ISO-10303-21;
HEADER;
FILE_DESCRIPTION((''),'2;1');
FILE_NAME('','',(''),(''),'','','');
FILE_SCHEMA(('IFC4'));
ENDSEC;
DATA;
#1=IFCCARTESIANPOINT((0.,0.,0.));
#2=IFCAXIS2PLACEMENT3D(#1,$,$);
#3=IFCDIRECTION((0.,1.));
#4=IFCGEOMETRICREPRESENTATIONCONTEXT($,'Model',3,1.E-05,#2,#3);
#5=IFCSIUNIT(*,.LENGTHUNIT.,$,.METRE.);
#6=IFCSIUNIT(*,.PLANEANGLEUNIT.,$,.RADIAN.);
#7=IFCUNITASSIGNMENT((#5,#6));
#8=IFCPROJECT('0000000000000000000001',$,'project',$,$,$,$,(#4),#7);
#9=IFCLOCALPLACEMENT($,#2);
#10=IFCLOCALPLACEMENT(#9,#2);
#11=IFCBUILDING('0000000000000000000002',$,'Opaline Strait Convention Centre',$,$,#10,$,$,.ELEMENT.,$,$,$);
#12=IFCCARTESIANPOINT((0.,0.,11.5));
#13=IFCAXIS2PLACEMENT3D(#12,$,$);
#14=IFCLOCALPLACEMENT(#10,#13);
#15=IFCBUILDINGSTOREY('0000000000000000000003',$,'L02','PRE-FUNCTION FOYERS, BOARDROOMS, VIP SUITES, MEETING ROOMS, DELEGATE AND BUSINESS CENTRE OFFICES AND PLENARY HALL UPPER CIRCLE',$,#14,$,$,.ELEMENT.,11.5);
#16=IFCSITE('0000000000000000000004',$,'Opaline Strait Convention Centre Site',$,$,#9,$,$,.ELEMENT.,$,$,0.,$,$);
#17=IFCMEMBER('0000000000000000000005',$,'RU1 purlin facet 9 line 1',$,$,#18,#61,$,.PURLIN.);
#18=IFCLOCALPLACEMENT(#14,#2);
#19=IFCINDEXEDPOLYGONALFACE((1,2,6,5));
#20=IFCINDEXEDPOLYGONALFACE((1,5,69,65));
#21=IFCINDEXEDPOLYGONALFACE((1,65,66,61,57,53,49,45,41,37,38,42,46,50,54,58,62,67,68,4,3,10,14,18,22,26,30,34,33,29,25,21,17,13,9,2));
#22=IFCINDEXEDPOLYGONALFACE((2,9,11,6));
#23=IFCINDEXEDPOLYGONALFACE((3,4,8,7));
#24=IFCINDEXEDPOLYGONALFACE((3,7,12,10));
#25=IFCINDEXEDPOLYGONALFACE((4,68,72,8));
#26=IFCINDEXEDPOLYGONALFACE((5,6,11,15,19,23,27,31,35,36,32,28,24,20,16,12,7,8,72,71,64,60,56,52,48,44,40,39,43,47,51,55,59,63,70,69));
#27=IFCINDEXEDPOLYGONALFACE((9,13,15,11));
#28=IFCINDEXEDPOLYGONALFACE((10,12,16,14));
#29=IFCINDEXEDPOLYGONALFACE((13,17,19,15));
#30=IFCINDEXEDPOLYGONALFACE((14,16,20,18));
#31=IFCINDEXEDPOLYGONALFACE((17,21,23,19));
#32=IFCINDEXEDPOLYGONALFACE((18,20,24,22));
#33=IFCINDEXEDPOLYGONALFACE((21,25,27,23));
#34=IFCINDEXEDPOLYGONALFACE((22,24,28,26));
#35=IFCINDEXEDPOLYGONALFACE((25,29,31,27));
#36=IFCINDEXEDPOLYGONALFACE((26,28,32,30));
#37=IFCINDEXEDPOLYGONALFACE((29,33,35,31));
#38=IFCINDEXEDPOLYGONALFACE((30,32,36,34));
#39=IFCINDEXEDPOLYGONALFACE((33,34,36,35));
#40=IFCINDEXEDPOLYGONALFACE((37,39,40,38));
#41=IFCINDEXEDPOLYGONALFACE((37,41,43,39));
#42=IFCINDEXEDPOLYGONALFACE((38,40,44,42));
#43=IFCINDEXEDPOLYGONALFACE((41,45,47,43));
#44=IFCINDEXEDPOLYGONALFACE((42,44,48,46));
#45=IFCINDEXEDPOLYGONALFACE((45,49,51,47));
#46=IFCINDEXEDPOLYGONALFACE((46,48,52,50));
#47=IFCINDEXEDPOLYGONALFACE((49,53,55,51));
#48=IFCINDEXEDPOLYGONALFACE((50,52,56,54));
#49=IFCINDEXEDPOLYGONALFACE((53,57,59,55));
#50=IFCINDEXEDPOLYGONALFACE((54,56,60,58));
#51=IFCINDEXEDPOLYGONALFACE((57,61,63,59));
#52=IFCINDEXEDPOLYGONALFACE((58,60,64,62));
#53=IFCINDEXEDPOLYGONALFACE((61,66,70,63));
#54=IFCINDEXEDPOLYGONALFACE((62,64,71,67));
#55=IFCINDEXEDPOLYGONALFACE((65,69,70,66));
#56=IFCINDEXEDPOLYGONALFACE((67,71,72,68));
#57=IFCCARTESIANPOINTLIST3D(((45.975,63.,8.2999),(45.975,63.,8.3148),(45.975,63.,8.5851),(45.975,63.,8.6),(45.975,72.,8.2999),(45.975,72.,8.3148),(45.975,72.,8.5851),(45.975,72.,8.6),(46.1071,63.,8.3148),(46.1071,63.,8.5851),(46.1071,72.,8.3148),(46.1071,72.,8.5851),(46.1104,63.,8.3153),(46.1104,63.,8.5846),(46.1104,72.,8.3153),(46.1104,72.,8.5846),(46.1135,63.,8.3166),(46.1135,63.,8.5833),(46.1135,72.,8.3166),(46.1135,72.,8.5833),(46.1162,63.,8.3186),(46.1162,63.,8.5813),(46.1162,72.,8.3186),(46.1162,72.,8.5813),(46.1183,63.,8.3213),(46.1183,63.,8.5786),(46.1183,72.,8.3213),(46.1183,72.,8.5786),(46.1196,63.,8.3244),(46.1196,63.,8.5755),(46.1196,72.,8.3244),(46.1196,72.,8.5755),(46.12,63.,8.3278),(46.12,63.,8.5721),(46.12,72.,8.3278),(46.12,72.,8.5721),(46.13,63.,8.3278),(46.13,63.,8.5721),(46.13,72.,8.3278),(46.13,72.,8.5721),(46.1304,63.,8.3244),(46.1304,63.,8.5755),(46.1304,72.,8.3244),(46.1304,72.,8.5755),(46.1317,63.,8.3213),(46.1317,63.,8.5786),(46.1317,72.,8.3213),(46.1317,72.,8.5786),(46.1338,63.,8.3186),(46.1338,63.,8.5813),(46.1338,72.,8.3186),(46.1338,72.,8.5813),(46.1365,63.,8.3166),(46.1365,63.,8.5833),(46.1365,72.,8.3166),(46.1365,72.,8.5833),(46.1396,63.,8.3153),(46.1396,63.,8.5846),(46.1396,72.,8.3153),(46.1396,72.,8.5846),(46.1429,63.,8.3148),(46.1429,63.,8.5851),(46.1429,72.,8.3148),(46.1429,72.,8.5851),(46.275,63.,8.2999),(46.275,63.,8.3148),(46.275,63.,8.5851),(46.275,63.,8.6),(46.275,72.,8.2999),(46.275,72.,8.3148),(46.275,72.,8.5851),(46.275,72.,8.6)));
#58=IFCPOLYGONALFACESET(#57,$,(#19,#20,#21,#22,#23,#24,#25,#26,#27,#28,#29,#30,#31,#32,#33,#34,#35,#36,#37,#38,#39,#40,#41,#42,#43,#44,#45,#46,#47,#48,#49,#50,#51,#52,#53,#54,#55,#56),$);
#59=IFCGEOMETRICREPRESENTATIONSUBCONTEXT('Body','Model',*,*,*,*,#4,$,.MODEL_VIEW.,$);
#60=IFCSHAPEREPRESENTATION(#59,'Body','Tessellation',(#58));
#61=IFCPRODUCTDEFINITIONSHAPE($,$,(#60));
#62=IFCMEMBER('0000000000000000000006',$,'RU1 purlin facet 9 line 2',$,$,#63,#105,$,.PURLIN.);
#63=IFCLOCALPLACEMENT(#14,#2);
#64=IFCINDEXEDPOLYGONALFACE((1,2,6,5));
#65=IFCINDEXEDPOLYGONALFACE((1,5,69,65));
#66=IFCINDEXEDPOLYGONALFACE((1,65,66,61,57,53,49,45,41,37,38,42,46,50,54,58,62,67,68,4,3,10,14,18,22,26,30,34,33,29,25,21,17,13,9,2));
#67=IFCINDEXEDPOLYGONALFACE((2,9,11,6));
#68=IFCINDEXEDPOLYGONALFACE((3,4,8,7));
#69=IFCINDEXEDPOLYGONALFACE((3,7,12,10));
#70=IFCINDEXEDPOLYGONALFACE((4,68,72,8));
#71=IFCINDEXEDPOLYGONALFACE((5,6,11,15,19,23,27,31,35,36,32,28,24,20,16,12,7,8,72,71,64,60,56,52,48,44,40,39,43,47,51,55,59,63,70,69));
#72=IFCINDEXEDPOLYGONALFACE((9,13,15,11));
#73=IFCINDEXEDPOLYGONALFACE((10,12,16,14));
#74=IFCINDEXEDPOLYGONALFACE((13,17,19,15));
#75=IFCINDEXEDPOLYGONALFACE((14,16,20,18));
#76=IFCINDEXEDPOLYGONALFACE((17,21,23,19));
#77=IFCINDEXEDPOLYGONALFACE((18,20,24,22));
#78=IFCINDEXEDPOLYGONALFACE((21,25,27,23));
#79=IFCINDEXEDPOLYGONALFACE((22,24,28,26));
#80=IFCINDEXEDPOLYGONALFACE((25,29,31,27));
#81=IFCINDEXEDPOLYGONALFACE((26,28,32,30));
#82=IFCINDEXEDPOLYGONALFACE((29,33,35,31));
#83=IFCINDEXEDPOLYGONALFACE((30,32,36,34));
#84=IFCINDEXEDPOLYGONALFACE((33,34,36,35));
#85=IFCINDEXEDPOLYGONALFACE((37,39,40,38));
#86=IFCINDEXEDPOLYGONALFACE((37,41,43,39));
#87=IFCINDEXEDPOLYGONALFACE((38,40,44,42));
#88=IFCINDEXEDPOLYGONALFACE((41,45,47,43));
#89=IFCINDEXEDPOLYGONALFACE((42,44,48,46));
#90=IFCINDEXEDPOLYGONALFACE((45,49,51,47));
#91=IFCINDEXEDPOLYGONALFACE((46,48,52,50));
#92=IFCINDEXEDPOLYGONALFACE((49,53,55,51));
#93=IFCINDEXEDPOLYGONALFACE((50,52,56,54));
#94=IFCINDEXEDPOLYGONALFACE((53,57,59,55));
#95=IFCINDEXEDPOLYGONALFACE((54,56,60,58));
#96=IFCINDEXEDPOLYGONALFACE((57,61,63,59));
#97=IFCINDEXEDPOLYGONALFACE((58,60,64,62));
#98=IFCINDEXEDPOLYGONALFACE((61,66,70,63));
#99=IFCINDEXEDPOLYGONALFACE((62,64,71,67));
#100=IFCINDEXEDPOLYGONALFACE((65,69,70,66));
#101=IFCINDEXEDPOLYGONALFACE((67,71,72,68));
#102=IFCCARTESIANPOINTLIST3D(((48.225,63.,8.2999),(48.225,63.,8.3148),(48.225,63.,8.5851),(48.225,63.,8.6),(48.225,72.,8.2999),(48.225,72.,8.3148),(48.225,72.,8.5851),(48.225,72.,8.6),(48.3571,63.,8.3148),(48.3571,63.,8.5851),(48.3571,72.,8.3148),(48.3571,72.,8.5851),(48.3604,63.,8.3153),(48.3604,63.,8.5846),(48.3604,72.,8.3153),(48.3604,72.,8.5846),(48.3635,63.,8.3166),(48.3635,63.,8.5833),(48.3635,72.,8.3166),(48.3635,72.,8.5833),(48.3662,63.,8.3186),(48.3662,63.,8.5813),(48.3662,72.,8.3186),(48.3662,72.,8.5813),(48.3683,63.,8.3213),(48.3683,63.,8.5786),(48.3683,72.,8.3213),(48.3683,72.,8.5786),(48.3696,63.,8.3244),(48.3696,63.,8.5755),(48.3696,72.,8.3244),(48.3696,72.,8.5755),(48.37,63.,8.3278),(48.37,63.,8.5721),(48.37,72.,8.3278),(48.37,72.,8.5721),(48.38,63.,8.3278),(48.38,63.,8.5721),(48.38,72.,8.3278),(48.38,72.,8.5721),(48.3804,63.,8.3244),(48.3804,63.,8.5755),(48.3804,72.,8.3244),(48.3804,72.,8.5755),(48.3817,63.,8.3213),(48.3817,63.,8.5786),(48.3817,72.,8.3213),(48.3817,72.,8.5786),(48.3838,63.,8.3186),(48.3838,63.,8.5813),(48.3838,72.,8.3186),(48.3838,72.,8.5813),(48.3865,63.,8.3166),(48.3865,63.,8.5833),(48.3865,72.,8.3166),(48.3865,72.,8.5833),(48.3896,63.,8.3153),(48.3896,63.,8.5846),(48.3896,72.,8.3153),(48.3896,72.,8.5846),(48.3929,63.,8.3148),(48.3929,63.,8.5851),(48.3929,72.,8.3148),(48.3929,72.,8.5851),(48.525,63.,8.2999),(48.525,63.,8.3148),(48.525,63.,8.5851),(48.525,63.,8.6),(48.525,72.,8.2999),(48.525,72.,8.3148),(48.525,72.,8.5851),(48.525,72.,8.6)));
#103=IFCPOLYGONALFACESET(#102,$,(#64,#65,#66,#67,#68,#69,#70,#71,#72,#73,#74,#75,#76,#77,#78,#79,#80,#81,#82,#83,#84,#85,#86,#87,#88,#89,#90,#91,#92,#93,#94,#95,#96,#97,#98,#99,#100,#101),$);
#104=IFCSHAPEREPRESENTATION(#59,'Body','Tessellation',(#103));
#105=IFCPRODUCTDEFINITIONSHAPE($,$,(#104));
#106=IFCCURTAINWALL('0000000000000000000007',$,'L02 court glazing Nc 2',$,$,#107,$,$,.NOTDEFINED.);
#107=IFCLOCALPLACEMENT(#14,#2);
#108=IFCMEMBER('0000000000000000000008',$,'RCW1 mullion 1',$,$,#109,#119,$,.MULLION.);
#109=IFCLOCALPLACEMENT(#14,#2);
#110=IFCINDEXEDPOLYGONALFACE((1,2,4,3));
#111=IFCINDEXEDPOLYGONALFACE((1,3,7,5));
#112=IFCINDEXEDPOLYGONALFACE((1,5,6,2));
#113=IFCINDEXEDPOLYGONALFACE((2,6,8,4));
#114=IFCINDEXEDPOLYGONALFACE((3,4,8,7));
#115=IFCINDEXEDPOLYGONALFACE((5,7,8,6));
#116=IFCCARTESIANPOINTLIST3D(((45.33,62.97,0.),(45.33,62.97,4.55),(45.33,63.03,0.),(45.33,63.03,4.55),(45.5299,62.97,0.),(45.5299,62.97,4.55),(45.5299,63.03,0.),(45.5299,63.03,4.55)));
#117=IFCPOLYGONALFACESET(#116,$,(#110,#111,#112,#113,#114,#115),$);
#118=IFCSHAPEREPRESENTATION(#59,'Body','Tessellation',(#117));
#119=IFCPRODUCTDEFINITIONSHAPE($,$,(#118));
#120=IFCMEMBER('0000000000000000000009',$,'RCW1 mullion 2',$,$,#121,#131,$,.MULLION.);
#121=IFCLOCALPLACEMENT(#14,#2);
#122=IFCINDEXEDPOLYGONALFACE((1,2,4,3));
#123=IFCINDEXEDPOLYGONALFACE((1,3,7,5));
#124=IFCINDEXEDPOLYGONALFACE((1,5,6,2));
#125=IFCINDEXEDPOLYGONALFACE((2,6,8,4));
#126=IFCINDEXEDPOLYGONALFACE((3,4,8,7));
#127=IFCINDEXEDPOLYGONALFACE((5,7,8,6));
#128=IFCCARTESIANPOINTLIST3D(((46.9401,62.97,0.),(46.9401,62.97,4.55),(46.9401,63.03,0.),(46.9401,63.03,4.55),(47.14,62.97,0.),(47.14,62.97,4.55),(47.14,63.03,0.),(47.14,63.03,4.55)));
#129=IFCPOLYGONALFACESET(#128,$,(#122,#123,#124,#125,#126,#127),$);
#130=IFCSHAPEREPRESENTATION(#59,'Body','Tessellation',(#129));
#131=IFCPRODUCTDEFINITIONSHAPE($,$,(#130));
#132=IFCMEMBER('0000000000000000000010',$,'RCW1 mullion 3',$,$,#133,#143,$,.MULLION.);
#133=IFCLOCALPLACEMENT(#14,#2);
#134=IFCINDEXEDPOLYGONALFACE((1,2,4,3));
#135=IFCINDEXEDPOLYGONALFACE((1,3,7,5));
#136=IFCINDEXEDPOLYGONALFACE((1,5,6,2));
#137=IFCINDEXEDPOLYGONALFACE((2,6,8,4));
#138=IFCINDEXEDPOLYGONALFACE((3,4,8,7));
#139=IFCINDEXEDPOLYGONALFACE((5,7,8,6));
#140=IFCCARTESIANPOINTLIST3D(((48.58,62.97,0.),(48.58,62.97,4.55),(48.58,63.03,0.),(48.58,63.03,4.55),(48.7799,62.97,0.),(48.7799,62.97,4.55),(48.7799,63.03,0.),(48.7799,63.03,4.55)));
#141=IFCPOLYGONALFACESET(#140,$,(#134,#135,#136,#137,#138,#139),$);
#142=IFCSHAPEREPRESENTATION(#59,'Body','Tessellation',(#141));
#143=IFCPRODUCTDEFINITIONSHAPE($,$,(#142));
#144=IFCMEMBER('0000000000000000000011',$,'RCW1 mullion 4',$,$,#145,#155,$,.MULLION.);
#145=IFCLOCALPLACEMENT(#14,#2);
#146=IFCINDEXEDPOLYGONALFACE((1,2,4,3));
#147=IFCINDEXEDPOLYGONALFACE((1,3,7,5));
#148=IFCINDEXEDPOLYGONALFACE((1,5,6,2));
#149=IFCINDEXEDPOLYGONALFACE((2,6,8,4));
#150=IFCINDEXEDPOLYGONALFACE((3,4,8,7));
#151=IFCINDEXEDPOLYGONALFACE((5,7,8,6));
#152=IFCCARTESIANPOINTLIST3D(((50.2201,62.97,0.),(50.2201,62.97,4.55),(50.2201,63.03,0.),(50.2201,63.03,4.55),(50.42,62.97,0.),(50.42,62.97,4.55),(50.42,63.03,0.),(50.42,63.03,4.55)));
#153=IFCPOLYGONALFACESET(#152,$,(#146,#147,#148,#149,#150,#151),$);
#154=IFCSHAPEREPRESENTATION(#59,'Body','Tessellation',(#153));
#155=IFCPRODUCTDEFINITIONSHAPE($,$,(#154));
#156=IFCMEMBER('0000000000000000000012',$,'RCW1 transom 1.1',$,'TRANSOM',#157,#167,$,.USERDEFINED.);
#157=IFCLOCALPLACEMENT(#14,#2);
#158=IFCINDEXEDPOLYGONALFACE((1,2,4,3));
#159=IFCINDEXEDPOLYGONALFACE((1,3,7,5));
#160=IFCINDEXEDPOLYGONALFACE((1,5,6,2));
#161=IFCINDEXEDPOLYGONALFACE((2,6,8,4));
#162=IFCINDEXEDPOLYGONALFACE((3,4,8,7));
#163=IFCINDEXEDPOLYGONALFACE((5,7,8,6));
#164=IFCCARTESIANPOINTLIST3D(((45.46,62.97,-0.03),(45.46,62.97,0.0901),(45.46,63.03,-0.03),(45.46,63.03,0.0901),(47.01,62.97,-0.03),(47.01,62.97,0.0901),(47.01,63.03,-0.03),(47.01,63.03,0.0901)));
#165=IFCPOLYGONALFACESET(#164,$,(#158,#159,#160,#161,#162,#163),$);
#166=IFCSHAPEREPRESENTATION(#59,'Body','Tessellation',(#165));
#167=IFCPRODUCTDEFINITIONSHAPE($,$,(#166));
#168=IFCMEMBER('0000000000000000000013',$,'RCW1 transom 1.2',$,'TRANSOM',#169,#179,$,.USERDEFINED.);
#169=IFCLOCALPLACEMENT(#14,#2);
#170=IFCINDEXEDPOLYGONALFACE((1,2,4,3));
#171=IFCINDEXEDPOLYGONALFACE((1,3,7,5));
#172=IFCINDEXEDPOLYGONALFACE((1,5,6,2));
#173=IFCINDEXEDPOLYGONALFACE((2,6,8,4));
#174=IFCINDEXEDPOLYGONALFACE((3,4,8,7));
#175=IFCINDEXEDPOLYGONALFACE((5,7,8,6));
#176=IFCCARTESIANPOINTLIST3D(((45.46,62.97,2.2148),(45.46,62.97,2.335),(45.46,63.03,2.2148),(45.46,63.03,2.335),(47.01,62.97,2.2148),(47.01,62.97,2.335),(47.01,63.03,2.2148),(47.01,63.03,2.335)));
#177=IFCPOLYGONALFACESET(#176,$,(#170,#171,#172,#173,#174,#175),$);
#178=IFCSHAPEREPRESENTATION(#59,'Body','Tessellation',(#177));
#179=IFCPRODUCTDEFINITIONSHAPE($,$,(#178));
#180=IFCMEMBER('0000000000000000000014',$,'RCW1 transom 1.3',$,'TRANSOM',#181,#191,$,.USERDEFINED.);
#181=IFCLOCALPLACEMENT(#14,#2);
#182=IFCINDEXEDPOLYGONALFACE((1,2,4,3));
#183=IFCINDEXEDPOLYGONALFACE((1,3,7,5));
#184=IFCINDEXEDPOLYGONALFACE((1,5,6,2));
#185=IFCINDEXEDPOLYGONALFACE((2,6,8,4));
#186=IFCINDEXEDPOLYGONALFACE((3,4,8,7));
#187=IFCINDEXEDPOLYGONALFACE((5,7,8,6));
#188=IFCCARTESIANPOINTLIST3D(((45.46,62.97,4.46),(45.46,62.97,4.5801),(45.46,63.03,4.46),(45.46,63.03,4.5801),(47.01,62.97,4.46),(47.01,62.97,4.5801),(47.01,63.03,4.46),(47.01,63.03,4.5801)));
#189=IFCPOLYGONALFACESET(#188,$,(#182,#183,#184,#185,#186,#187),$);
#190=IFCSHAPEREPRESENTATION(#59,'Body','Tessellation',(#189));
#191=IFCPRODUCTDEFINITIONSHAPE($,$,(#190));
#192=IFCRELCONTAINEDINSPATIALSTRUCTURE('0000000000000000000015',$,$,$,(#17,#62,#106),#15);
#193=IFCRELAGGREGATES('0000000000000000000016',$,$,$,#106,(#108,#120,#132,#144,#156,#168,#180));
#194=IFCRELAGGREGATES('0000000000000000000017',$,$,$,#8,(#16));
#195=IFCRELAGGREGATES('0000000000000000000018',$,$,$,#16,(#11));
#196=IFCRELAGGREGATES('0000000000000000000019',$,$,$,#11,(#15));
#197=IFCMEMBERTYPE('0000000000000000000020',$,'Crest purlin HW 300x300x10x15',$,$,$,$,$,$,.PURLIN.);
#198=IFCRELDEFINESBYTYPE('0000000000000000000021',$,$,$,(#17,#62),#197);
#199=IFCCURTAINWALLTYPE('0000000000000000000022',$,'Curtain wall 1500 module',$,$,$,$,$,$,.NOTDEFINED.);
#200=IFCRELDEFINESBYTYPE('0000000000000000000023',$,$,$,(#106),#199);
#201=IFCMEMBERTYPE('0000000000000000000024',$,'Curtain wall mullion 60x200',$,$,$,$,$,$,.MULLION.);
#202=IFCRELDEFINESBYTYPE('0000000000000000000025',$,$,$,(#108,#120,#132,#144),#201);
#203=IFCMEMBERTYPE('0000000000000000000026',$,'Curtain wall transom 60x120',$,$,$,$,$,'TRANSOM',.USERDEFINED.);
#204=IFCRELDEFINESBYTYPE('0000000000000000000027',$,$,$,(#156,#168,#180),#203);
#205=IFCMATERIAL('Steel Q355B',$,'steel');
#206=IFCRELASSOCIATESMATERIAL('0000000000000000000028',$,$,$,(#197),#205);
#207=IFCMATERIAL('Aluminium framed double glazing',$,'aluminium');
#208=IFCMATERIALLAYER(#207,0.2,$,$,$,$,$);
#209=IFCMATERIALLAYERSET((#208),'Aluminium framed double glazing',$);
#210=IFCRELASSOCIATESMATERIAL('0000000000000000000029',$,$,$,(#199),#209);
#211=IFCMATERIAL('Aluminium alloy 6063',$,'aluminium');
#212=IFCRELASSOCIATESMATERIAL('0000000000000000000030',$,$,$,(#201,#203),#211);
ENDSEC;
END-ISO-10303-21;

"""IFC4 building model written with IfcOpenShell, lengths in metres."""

from ifc_helpers import new_model, si_unit, direction, frame, origin, origin_2d, place, context, subcontext, project, spatial, rectangle, i_section, extrude, material, layer, layer_set, material_profile, profile_set, type_object, element, aggregate, save


model = new_model("IFC4")

# Units and contexts
model_context = context("Model", 3, precision=1e-05, world=origin(), true_north=direction((0.0, 1.0)))
body_context = subcontext(model_context, "Body", "Model", "MODEL_VIEW")
ifc_project = project(units=[si_unit("LENGTHUNIT", "METRE"), si_unit("PLANEANGLEUNIT", "RADIAN")], contexts=[model_context])

# Site, building, storey
site_placement = place(None, origin())
site = spatial("IfcSite", under=ifc_project, at=site_placement, Name="Opaline Strait Convention Centre Site", CompositionType="ELEMENT", RefElevation=0.0)
building_placement = place(site_placement, origin())
building = spatial("IfcBuilding", under=site, at=building_placement, Name="Opaline Strait Convention Centre", CompositionType="ELEMENT")
storey_placement = place(building_placement, frame((0.0, 0.0, 11.5)))
storey = spatial("IfcBuildingStorey", under=building, at=storey_placement, Name="L02", Description="PRE-FUNCTION FOYERS, BOARDROOMS, VIP SUITES, MEETING ROOMS, DELEGATE AND BUSINESS CENTRE OFFICES AND PLENARY HALL UPPER CIRCLE", CompositionType="ELEMENT", Elevation=11.5)

# Members
ifc_material_1 = material(Name="Steel Q355B", Category="steel")
ifc_material_profile_1 = material_profile(ifc_material_1, i_section(OverallWidth=0.3, OverallDepth=0.3, WebThickness=0.01, FlangeThickness=0.0149, FilletRadius=0.0129, at=origin_2d()), Name="HW 300x300x10x15")
ifc_profile_set_1 = profile_set([ifc_material_profile_1], Name="Steel Q355B")
member_type_1 = type_object("IfcMemberType", Name="Crest purlin HW 300x300x10x15", PredefinedType="PURLIN", material=ifc_profile_set_1)
for number, where, z_axis, x_axis, name in (
    (1, (46.125, 63.0, 8.45), (0.0, 1.0, 0.0), (-1.0, 0.0, 0.0), "RU1 purlin facet 9 line 1"),
    (2, (48.375, 63.0, 8.45), (0.0, 1.0, 0.0), (-1.0, 0.0, 0.0), "RU1 purlin facet 9 line 2"),
):
    element("IfcMember", number, at=place(storey_placement, frame(where, z_axis=z_axis, x_axis=x_axis)), inside=storey, type_object=member_type_1, Name=name, PredefinedType="PURLIN", context=body_context, shape_type="SweptSolid", body=[
        extrude(i_section(OverallWidth=0.3, OverallDepth=0.3, WebThickness=0.01, FlangeThickness=0.0149, FilletRadius=0.0129, at=origin_2d()), origin(), (0.0, 0.0, 1.0), 9.0),
    ])

# Curtain wall, members
ifc_material_2 = material(Name="Aluminium framed double glazing", Category="aluminium")
ifc_layer_1 = layer(ifc_material_2, 0.2)
ifc_layer_set_1 = layer_set([ifc_layer_1], Name="Aluminium framed double glazing")
curtain_wall_type = type_object("IfcCurtainWallType", Name="Curtain wall 1500 module", PredefinedType="NOTDEFINED", material=ifc_layer_set_1)
curtain_wall_placement = place(storey_placement, origin())
curtain_wall = element("IfcCurtainWall", 3, at=curtain_wall_placement, inside=storey, type_object=curtain_wall_type, Name="L02 court glazing Nc 2", PredefinedType="NOTDEFINED")
ifc_material_3 = material(Name="Aluminium alloy 6063", Category="aluminium")
ifc_material_profile_2 = material_profile(ifc_material_3, rectangle(XDim=0.0601, YDim=0.2, at=origin_2d()), Name="Curtain wall mullion 60x200")
ifc_profile_set_2 = profile_set([ifc_material_profile_2], Name="Aluminium alloy 6063")
member_type_2 = type_object("IfcMemberType", Name="Curtain wall mullion 60x200", PredefinedType="MULLION", material=ifc_profile_set_2)
member_1_placement = place(storey_placement, frame((45.4299, 63.0, 0.0), z_axis=(0.0, 0.0, 1.0), x_axis=(0.0, 1.0, 0.0)))
member_1 = element("IfcMember", 4, at=member_1_placement, type_object=member_type_2, Name="RCW1 mullion 1", PredefinedType="MULLION", context=body_context, shape_type="SweptSolid", body=[
    extrude(rectangle(XDim=0.0601, YDim=0.2, at=origin_2d()), origin(), (0.0, 0.0, 1.0), 4.55),
])
member_2_placement = place(storey_placement, frame((47.04, 63.0, 0.0), z_axis=(0.0, 0.0, 1.0), x_axis=(0.0, 1.0, 0.0)))
member_2 = element("IfcMember", 5, at=member_2_placement, type_object=member_type_2, Name="RCW1 mullion 2", PredefinedType="MULLION", context=body_context, shape_type="SweptSolid", body=[
    extrude(rectangle(XDim=0.0601, YDim=0.2, at=origin_2d()), origin(), (0.0, 0.0, 1.0), 4.55),
])
member_3_placement = place(storey_placement, frame((48.6799, 63.0, 0.0), z_axis=(0.0, 0.0, 1.0), x_axis=(0.0, 1.0, 0.0)))
member_3 = element("IfcMember", 6, at=member_3_placement, type_object=member_type_2, Name="RCW1 mullion 3", PredefinedType="MULLION", context=body_context, shape_type="SweptSolid", body=[
    extrude(rectangle(XDim=0.0601, YDim=0.2, at=origin_2d()), origin(), (0.0, 0.0, 1.0), 4.55),
])
member_4_placement = place(storey_placement, frame((50.3201, 63.0, 0.0), z_axis=(0.0, 0.0, 1.0), x_axis=(0.0, 1.0, 0.0)))
member_4 = element("IfcMember", 7, at=member_4_placement, type_object=member_type_2, Name="RCW1 mullion 4", PredefinedType="MULLION", context=body_context, shape_type="SweptSolid", body=[
    extrude(rectangle(XDim=0.0601, YDim=0.2, at=origin_2d()), origin(), (0.0, 0.0, 1.0), 4.55),
])
ifc_material_profile_3 = material_profile(ifc_material_3, rectangle(XDim=0.0601, YDim=0.1201, at=origin_2d()), Name="Curtain wall transom 60x120")
ifc_profile_set_3 = profile_set([ifc_material_profile_3], Name="Aluminium alloy 6063")
member_type_3 = type_object("IfcMemberType", Name="Curtain wall transom 60x120", ElementType="TRANSOM", PredefinedType="USERDEFINED", material=ifc_profile_set_3)
member_5_placement = place(storey_placement, frame((45.46, 63.0, 0.03), z_axis=(1.0, 0.0, 0.0), x_axis=(0.0, 1.0, 0.0)))
member_5 = element("IfcMember", 8, at=member_5_placement, type_object=member_type_3, Name="RCW1 transom 1.1", ObjectType="TRANSOM", PredefinedType="USERDEFINED", context=body_context, shape_type="SweptSolid", body=[
    extrude(rectangle(XDim=0.0601, YDim=0.1201, at=origin_2d()), origin(), (0.0, 0.0, 1.0), 1.55),
])
member_6_placement = place(storey_placement, frame((45.46, 63.0, 2.2749), z_axis=(1.0, 0.0, 0.0), x_axis=(0.0, 1.0, 0.0)))
member_6 = element("IfcMember", 9, at=member_6_placement, type_object=member_type_3, Name="RCW1 transom 1.2", ObjectType="TRANSOM", PredefinedType="USERDEFINED", context=body_context, shape_type="SweptSolid", body=[
    extrude(rectangle(XDim=0.0601, YDim=0.1201, at=origin_2d()), origin(), (0.0, 0.0, 1.0), 1.55),
])
member_7_placement = place(storey_placement, frame((45.46, 63.0, 4.52), z_axis=(1.0, 0.0, 0.0), x_axis=(0.0, 1.0, 0.0)))
member_7 = element("IfcMember", 10, at=member_7_placement, type_object=member_type_3, Name="RCW1 transom 1.3", ObjectType="TRANSOM", PredefinedType="USERDEFINED", context=body_context, shape_type="SweptSolid", body=[
    extrude(rectangle(XDim=0.0601, YDim=0.1201, at=origin_2d()), origin(), (0.0, 0.0, 1.0), 1.55),
])

aggregate(curtain_wall, [member_1, member_2, member_3, member_4, member_5, member_6, member_7])

save(model, "model.ifc")
